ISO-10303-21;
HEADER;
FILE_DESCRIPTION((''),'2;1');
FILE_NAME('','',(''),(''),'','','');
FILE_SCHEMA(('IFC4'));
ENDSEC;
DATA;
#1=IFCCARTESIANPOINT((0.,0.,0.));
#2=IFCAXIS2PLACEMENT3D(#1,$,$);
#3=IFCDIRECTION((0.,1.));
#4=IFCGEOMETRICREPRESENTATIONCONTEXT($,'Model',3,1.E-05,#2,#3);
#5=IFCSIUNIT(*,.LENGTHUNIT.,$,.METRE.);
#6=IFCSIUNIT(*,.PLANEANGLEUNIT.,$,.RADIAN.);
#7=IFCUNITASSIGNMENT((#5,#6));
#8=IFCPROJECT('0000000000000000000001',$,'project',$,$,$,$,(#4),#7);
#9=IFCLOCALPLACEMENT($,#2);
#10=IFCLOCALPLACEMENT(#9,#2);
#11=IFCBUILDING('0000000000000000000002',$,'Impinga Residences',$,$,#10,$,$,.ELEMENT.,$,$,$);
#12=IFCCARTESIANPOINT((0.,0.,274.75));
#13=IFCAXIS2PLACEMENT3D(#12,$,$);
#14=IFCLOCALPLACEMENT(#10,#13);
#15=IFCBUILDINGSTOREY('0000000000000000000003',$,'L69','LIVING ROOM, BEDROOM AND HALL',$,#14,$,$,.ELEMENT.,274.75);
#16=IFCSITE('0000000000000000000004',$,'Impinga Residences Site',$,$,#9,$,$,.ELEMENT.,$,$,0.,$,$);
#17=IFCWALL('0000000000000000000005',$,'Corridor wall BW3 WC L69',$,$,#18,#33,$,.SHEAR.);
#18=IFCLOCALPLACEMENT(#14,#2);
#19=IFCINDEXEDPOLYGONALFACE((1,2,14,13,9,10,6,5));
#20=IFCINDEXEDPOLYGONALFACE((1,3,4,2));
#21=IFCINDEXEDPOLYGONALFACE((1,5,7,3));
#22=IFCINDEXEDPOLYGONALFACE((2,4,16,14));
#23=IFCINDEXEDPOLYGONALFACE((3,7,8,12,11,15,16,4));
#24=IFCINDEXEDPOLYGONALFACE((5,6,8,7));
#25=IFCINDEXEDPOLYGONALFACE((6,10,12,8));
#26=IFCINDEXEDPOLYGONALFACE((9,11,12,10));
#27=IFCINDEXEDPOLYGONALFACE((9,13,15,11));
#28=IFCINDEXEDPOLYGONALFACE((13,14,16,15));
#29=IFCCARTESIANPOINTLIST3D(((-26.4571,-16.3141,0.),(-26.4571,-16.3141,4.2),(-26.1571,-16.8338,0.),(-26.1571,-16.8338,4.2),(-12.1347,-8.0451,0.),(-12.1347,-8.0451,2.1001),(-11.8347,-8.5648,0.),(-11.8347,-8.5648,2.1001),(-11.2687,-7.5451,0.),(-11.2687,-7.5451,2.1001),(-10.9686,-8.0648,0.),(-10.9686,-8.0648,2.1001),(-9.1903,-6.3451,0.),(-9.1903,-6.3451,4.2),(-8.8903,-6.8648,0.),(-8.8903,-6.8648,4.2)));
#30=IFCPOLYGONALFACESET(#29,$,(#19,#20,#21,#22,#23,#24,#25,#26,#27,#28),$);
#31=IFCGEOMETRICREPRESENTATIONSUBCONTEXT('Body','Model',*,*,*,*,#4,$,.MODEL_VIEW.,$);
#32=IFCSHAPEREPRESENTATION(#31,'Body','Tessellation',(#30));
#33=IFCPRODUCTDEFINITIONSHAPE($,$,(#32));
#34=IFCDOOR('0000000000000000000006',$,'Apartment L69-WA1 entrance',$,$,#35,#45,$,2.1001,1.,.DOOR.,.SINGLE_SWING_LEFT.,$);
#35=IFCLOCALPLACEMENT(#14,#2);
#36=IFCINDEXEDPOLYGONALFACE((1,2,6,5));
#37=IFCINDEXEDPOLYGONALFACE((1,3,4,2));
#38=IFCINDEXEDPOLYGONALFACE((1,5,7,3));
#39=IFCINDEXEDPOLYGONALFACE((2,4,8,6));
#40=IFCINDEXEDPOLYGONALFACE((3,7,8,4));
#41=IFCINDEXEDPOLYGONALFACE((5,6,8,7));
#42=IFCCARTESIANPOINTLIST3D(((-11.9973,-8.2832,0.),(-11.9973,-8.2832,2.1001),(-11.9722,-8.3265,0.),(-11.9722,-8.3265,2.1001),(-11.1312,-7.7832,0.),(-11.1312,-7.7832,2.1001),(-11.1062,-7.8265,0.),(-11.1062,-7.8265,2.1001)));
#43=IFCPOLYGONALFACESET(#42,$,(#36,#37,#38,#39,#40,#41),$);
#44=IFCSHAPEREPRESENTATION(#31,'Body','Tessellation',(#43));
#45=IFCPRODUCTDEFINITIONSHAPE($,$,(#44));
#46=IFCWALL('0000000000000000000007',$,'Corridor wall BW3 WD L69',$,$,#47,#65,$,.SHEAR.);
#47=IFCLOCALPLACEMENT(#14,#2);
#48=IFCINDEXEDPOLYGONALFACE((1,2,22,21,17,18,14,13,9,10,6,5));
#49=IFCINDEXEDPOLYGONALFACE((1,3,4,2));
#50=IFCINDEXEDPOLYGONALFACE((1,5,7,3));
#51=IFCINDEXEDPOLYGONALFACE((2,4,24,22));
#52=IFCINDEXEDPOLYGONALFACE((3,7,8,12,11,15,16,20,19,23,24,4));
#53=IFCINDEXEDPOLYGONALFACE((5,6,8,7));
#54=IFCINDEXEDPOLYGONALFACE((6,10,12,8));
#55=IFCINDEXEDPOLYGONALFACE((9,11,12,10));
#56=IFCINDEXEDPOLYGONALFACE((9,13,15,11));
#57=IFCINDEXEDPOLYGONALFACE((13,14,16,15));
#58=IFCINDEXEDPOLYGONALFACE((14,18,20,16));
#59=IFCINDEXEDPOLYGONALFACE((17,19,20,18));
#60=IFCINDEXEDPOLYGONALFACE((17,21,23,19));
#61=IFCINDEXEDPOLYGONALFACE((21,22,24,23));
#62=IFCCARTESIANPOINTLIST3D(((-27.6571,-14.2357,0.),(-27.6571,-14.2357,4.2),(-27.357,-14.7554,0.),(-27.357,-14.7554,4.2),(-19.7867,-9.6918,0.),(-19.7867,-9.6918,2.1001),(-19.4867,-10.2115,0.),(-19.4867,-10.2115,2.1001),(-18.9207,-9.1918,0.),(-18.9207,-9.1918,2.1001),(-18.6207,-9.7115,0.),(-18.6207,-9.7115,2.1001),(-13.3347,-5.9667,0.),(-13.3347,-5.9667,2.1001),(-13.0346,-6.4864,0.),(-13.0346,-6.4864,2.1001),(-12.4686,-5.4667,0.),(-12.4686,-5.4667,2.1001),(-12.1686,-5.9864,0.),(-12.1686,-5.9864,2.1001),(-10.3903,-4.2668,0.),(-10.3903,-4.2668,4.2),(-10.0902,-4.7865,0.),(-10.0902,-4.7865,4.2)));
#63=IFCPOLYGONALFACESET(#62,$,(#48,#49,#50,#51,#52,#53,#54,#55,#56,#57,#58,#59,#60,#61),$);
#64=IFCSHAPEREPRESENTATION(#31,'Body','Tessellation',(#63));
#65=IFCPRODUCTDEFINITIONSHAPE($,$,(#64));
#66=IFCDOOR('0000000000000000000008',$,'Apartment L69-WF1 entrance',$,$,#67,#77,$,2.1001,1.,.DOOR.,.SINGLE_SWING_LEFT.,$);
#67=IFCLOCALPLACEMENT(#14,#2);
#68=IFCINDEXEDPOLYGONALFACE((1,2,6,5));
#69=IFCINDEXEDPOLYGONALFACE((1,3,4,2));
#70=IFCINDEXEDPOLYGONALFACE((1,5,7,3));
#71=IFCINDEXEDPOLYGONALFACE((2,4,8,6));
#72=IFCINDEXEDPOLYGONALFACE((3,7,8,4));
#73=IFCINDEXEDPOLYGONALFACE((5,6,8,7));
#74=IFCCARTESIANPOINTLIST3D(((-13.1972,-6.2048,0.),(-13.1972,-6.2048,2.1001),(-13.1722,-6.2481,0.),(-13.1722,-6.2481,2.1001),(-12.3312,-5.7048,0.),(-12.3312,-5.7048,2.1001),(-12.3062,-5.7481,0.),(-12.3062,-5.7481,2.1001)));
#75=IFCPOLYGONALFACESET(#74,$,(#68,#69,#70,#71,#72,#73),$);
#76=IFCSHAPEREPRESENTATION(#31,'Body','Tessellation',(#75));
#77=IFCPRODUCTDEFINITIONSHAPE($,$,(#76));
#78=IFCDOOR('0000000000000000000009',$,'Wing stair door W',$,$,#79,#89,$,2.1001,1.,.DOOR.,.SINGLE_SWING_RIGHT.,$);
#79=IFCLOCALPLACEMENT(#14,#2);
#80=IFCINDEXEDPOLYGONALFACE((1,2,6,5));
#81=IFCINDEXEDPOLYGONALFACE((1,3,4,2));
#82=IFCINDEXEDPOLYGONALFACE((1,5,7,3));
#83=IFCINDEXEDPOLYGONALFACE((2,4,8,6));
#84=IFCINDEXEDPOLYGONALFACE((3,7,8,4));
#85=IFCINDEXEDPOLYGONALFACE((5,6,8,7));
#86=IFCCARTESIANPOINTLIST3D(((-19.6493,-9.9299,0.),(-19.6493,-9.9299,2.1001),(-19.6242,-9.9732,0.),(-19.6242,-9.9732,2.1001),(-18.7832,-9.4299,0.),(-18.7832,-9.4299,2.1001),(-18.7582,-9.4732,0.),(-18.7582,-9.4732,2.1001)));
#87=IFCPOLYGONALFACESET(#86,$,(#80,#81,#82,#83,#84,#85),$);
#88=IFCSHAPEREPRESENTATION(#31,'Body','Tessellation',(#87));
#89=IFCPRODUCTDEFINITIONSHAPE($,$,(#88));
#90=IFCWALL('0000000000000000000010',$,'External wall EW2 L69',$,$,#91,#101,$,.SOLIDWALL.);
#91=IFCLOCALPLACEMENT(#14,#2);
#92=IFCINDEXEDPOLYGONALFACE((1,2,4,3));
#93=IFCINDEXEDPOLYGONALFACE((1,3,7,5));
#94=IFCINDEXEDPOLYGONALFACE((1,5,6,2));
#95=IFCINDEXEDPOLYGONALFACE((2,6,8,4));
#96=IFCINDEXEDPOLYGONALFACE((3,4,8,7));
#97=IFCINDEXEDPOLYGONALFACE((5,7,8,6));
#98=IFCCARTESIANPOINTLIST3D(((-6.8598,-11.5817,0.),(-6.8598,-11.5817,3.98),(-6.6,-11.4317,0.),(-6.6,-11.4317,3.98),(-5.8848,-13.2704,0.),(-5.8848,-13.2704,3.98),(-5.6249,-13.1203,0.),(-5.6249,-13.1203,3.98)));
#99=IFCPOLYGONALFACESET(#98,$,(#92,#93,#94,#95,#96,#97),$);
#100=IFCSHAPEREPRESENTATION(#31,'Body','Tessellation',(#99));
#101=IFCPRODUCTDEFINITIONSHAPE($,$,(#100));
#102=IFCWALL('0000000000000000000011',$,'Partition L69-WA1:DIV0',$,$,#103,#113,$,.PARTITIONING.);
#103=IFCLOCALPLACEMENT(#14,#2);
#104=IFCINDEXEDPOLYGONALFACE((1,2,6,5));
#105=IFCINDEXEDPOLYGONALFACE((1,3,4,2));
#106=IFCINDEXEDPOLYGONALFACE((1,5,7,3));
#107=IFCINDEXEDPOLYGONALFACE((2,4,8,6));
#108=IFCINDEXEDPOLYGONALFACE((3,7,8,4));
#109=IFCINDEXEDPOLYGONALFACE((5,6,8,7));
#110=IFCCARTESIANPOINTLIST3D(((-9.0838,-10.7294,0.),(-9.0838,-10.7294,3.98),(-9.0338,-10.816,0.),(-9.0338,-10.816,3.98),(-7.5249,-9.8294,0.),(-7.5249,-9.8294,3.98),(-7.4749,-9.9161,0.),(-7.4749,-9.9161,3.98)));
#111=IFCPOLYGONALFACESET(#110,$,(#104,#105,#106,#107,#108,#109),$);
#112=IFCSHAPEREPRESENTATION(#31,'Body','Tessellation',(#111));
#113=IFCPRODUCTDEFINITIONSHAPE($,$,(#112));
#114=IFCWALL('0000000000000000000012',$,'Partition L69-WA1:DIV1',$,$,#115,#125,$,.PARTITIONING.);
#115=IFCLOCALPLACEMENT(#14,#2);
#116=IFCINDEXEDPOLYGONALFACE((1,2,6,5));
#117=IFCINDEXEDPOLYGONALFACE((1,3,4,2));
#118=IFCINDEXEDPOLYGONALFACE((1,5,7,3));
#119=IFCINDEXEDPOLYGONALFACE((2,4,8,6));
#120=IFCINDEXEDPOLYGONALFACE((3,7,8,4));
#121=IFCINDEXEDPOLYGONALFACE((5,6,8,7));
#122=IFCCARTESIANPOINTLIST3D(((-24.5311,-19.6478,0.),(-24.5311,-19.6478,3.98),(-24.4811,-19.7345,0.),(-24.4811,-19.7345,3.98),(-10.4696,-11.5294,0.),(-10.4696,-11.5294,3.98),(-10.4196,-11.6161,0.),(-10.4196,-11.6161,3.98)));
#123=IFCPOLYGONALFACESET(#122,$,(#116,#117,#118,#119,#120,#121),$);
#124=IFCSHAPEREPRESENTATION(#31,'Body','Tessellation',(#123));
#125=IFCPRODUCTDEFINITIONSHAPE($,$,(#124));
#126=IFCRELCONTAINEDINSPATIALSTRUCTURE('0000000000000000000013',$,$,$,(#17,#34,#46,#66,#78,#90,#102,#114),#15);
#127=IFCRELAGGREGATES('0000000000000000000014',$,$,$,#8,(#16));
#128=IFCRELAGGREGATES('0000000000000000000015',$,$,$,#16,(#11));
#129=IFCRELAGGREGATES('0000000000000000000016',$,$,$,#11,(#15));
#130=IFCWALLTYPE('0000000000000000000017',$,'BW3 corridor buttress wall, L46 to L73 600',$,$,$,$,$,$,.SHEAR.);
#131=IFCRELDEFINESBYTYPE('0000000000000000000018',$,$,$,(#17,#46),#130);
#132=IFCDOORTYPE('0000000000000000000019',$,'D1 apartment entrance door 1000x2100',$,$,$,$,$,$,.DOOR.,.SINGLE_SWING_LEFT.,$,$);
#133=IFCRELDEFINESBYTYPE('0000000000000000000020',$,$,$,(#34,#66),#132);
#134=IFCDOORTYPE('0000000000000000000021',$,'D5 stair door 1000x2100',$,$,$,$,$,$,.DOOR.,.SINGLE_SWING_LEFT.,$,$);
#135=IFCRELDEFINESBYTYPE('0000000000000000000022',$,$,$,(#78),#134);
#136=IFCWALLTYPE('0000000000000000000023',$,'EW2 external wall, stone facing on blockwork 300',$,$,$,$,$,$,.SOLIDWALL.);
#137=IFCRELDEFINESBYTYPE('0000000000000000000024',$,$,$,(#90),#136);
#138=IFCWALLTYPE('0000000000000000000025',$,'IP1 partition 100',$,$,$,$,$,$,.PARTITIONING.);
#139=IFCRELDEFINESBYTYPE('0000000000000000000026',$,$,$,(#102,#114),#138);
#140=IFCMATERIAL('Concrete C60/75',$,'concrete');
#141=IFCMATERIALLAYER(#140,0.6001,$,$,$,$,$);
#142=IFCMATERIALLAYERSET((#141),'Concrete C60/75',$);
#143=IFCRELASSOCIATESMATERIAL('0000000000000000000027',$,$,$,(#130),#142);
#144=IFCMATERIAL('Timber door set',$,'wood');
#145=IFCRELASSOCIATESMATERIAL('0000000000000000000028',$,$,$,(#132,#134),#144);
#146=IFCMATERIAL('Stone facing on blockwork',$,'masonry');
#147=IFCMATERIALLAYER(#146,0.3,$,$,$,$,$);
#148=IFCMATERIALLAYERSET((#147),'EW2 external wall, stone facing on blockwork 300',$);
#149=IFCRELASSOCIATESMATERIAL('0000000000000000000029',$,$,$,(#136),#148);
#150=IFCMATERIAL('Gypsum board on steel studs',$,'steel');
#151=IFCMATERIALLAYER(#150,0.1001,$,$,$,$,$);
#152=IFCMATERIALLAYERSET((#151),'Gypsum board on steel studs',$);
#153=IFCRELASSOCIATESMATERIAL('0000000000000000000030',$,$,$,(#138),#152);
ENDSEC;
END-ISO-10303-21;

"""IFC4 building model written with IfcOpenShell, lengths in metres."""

from ifc_helpers import new_model, si_unit, direction, frame, frame_2d, origin, place, context, subcontext, project, spatial, rectangle, extrude, material, layer, layer_set, type_object, element, fill, save


model = new_model("IFC4")

# Units and contexts
model_context = context("Model", 3, precision=1e-05, world=origin(), true_north=direction((0.0, 1.0)))
body_context = subcontext(model_context, "Body", "Model", "MODEL_VIEW")
ifc_project = project(units=[si_unit("LENGTHUNIT", "METRE"), si_unit("PLANEANGLEUNIT", "RADIAN")], contexts=[model_context])

# Site, building, storey
site_placement = place(None, origin())
site = spatial("IfcSite", under=ifc_project, at=site_placement, Name="Impinga Residences Site", CompositionType="ELEMENT", RefElevation=0.0)
building_placement = place(site_placement, origin())
building = spatial("IfcBuilding", under=site, at=building_placement, Name="Impinga Residences", CompositionType="ELEMENT")
storey_placement = place(building_placement, frame((0.0, 0.0, 274.75)))
storey = spatial("IfcBuildingStorey", under=building, at=storey_placement, Name="L69", Description="LIVING ROOM, BEDROOM AND HALL", CompositionType="ELEMENT", Elevation=274.75)

# Wall, opening, door
ifc_material_1 = material(Name="Concrete C60/75", Category="concrete")
ifc_layer_1 = layer(ifc_material_1, 0.6001)
ifc_layer_set_1 = layer_set([ifc_layer_1], Name="Concrete C60/75")
wall_type_1 = type_object("IfcWallType", Name="BW3 corridor buttress wall, L46 to L73 600", PredefinedType="SHEAR", material=ifc_layer_set_1)
wall_1_placement = place(storey_placement, frame((-9.0403, -6.605, 0.0), z_axis=(0.0, 0.0, 1.0), x_axis=(-0.866026, -0.499999, 0.0)))
wall_1 = element("IfcWall", 1, at=wall_1_placement, inside=storey, type_object=wall_type_1, Name="Corridor wall BW3 WC L69", PredefinedType="SHEAR", context=body_context, shape_type="SweptSolid", body=[
    extrude(rectangle(XDim=19.938, YDim=0.6001, at=frame_2d((9.969, 0.0))), origin(), (0.0, 0.0, 1.0), 4.2),
])
opening_1_placement = place(wall_1_placement, frame((2.3999, 0.0, 0.0)))
opening_1 = element("IfcOpeningElement", 2, at=opening_1_placement, cuts=wall_1, PredefinedType="OPENING", context=body_context, shape_type="SweptSolid", body=[
    extrude(rectangle(XDim=1.0, YDim=2.1001, at=frame_2d((0.5, 1.05))), frame((0.0, 0.3101, 0.0), z_axis=(0.0, -1.0, 0.0), x_axis=(1.0, 0.0, 0.0)), (0.0, 0.0, 1.0), 0.6201),
])
ifc_material_2 = material(Name="Timber door set", Category="wood")
door_type_1 = type_object("IfcDoorType", Name="D1 apartment entrance door 1000x2100", OperationType="SINGLE_SWING_LEFT", PredefinedType="DOOR", material=ifc_material_2)
door_1_placement = place(opening_1_placement, origin())
door_1 = element("IfcDoor", 3, at=door_1_placement, inside=storey, type_object=door_type_1, Name="Apartment L69-WA1 entrance", OperationType="SINGLE_SWING_LEFT", OverallHeight=2.1001, OverallWidth=1.0, PredefinedType="DOOR", context=body_context, shape_type="SweptSolid", body=[
    extrude(rectangle(XDim=1.0, YDim=2.1001, at=frame_2d((0.5, 1.05))), frame((0.0, 0.0249, 0.0), z_axis=(0.0, -1.0, 0.0), x_axis=(1.0, 0.0, 0.0)), (0.0, 0.0, 1.0), 0.05),
])
fill(opening_1, door_1)

# Wall, openings, doors
wall_2_placement = place(storey_placement, frame((-10.2402, -4.5266, 0.0), z_axis=(0.0, 0.0, 1.0), x_axis=(-0.866026, -0.499999, 0.0)))
wall_2 = element("IfcWall", 4, at=wall_2_placement, inside=storey, type_object=wall_type_1, Name="Corridor wall BW3 WD L69", PredefinedType="SHEAR", context=body_context, shape_type="SweptSolid", body=[
    extrude(rectangle(XDim=19.938, YDim=0.6001, at=frame_2d((9.969, 0.0))), origin(), (0.0, 0.0, 1.0), 4.2),
])
opening_2_placement = place(wall_2_placement, frame((9.8501, 0.0, 0.0)))
opening_2 = element("IfcOpeningElement", 5, at=opening_2_placement, cuts=wall_2, PredefinedType="OPENING", context=body_context, shape_type="SweptSolid", body=[
    extrude(rectangle(XDim=1.0, YDim=2.1001, at=frame_2d((0.5, 1.05))), frame((0.0, 0.3101, 0.0), z_axis=(0.0, -1.0, 0.0), x_axis=(1.0, 0.0, 0.0)), (0.0, 0.0, 1.0), 0.6201),
])
opening_3_placement = place(wall_2_placement, frame((2.3999, 0.0, 0.0)))
opening_3 = element("IfcOpeningElement", 6, at=opening_3_placement, cuts=wall_2, PredefinedType="OPENING", context=body_context, shape_type="SweptSolid", body=[
    extrude(rectangle(XDim=1.0, YDim=2.1001, at=frame_2d((0.5, 1.05))), frame((0.0, 0.3101, 0.0), z_axis=(0.0, -1.0, 0.0), x_axis=(1.0, 0.0, 0.0)), (0.0, 0.0, 1.0), 0.6201),
])
door_2_placement = place(opening_3_placement, origin())
door_2 = element("IfcDoor", 7, at=door_2_placement, inside=storey, type_object=door_type_1, Name="Apartment L69-WF1 entrance", OperationType="SINGLE_SWING_LEFT", OverallHeight=2.1001, OverallWidth=1.0, PredefinedType="DOOR", context=body_context, shape_type="SweptSolid", body=[
    extrude(rectangle(XDim=1.0, YDim=2.1001, at=frame_2d((0.5, 1.05))), frame((0.0, 0.0249, 0.0), z_axis=(0.0, -1.0, 0.0), x_axis=(1.0, 0.0, 0.0)), (0.0, 0.0, 1.0), 0.05),
])
fill(opening_3, door_2)
door_type_2 = type_object("IfcDoorType", Name="D5 stair door 1000x2100", OperationType="SINGLE_SWING_LEFT", PredefinedType="DOOR", material=ifc_material_2)
door_3_placement = place(opening_2_placement, origin())
door_3 = element("IfcDoor", 8, at=door_3_placement, inside=storey, type_object=door_type_2, Name="Wing stair door W", OperationType="SINGLE_SWING_RIGHT", OverallHeight=2.1001, OverallWidth=1.0, PredefinedType="DOOR", context=body_context, shape_type="SweptSolid", body=[
    extrude(rectangle(XDim=1.0, YDim=2.1001, at=frame_2d((0.5, 1.05))), frame((0.0, 0.0249, 0.0), z_axis=(0.0, -1.0, 0.0), x_axis=(1.0, 0.0, 0.0)), (0.0, 0.0, 1.0), 0.05),
])
fill(opening_2, door_3)

# Walls
ifc_material_3 = material(Name="Stone facing on blockwork", Category="masonry")
ifc_layer_2 = layer(ifc_material_3, 0.3)
ifc_layer_set_2 = layer_set([ifc_layer_2], Name="EW2 external wall, stone facing on blockwork 300")
wall_type_2 = type_object("IfcWallType", Name="EW2 external wall, stone facing on blockwork 300", PredefinedType="SOLIDWALL", material=ifc_layer_set_2)
wall_3_placement = place(storey_placement, frame((-6.73, -11.5066, 0.0), z_axis=(0.0, 0.0, 1.0), x_axis=(0.500044, -0.866, 0.0)))
element("IfcWall", 9, at=wall_3_placement, inside=storey, type_object=wall_type_2, Name="External wall EW2 L69", PredefinedType="SOLIDWALL", context=body_context, shape_type="SweptSolid", body=[
    extrude(rectangle(XDim=1.95, YDim=0.3, at=frame_2d((0.9751, 0.0))), origin(), (0.0, 0.0, 1.0), 3.98),
])
ifc_material_4 = material(Name="Gypsum board on steel studs", Category="steel")
ifc_layer_3 = layer(ifc_material_4, 0.1001)
ifc_layer_set_3 = layer_set([ifc_layer_3], Name="Gypsum board on steel studs")
wall_type_3 = type_object("IfcWallType", Name="IP1 partition 100", PredefinedType="PARTITIONING", material=ifc_layer_set_3)
wall_4_placement = place(storey_placement, frame((-7.5, -9.8728, 0.0), z_axis=(0.0, 0.0, 1.0), x_axis=(-0.866048, -0.499961, 0.0)))
element("IfcWall", 10, at=wall_4_placement, inside=storey, type_object=wall_type_3, Name="Partition L69-WA1:DIV0", PredefinedType="PARTITIONING", context=body_context, shape_type="SweptSolid", body=[
    extrude(rectangle(XDim=1.8, YDim=0.1001, at=frame_2d((0.8999, 0.0))), origin(), (0.0, 0.0, 1.0), 3.98),
])
wall_5_placement = place(storey_placement, frame((-10.4446, -11.5728, 0.0), z_axis=(0.0, 0.0, 1.0), x_axis=(-0.866026, -0.499999, 0.0)))
element("IfcWall", 11, at=wall_5_placement, inside=storey, type_object=wall_type_3, Name="Partition L69-WA1:DIV1", PredefinedType="PARTITIONING", context=body_context, shape_type="SweptSolid", body=[
    extrude(rectangle(XDim=16.2368, YDim=0.1001, at=frame_2d((8.1184, 0.0))), origin(), (0.0, 0.0, 1.0), 3.98),
])

save(model, "model.ifc")
